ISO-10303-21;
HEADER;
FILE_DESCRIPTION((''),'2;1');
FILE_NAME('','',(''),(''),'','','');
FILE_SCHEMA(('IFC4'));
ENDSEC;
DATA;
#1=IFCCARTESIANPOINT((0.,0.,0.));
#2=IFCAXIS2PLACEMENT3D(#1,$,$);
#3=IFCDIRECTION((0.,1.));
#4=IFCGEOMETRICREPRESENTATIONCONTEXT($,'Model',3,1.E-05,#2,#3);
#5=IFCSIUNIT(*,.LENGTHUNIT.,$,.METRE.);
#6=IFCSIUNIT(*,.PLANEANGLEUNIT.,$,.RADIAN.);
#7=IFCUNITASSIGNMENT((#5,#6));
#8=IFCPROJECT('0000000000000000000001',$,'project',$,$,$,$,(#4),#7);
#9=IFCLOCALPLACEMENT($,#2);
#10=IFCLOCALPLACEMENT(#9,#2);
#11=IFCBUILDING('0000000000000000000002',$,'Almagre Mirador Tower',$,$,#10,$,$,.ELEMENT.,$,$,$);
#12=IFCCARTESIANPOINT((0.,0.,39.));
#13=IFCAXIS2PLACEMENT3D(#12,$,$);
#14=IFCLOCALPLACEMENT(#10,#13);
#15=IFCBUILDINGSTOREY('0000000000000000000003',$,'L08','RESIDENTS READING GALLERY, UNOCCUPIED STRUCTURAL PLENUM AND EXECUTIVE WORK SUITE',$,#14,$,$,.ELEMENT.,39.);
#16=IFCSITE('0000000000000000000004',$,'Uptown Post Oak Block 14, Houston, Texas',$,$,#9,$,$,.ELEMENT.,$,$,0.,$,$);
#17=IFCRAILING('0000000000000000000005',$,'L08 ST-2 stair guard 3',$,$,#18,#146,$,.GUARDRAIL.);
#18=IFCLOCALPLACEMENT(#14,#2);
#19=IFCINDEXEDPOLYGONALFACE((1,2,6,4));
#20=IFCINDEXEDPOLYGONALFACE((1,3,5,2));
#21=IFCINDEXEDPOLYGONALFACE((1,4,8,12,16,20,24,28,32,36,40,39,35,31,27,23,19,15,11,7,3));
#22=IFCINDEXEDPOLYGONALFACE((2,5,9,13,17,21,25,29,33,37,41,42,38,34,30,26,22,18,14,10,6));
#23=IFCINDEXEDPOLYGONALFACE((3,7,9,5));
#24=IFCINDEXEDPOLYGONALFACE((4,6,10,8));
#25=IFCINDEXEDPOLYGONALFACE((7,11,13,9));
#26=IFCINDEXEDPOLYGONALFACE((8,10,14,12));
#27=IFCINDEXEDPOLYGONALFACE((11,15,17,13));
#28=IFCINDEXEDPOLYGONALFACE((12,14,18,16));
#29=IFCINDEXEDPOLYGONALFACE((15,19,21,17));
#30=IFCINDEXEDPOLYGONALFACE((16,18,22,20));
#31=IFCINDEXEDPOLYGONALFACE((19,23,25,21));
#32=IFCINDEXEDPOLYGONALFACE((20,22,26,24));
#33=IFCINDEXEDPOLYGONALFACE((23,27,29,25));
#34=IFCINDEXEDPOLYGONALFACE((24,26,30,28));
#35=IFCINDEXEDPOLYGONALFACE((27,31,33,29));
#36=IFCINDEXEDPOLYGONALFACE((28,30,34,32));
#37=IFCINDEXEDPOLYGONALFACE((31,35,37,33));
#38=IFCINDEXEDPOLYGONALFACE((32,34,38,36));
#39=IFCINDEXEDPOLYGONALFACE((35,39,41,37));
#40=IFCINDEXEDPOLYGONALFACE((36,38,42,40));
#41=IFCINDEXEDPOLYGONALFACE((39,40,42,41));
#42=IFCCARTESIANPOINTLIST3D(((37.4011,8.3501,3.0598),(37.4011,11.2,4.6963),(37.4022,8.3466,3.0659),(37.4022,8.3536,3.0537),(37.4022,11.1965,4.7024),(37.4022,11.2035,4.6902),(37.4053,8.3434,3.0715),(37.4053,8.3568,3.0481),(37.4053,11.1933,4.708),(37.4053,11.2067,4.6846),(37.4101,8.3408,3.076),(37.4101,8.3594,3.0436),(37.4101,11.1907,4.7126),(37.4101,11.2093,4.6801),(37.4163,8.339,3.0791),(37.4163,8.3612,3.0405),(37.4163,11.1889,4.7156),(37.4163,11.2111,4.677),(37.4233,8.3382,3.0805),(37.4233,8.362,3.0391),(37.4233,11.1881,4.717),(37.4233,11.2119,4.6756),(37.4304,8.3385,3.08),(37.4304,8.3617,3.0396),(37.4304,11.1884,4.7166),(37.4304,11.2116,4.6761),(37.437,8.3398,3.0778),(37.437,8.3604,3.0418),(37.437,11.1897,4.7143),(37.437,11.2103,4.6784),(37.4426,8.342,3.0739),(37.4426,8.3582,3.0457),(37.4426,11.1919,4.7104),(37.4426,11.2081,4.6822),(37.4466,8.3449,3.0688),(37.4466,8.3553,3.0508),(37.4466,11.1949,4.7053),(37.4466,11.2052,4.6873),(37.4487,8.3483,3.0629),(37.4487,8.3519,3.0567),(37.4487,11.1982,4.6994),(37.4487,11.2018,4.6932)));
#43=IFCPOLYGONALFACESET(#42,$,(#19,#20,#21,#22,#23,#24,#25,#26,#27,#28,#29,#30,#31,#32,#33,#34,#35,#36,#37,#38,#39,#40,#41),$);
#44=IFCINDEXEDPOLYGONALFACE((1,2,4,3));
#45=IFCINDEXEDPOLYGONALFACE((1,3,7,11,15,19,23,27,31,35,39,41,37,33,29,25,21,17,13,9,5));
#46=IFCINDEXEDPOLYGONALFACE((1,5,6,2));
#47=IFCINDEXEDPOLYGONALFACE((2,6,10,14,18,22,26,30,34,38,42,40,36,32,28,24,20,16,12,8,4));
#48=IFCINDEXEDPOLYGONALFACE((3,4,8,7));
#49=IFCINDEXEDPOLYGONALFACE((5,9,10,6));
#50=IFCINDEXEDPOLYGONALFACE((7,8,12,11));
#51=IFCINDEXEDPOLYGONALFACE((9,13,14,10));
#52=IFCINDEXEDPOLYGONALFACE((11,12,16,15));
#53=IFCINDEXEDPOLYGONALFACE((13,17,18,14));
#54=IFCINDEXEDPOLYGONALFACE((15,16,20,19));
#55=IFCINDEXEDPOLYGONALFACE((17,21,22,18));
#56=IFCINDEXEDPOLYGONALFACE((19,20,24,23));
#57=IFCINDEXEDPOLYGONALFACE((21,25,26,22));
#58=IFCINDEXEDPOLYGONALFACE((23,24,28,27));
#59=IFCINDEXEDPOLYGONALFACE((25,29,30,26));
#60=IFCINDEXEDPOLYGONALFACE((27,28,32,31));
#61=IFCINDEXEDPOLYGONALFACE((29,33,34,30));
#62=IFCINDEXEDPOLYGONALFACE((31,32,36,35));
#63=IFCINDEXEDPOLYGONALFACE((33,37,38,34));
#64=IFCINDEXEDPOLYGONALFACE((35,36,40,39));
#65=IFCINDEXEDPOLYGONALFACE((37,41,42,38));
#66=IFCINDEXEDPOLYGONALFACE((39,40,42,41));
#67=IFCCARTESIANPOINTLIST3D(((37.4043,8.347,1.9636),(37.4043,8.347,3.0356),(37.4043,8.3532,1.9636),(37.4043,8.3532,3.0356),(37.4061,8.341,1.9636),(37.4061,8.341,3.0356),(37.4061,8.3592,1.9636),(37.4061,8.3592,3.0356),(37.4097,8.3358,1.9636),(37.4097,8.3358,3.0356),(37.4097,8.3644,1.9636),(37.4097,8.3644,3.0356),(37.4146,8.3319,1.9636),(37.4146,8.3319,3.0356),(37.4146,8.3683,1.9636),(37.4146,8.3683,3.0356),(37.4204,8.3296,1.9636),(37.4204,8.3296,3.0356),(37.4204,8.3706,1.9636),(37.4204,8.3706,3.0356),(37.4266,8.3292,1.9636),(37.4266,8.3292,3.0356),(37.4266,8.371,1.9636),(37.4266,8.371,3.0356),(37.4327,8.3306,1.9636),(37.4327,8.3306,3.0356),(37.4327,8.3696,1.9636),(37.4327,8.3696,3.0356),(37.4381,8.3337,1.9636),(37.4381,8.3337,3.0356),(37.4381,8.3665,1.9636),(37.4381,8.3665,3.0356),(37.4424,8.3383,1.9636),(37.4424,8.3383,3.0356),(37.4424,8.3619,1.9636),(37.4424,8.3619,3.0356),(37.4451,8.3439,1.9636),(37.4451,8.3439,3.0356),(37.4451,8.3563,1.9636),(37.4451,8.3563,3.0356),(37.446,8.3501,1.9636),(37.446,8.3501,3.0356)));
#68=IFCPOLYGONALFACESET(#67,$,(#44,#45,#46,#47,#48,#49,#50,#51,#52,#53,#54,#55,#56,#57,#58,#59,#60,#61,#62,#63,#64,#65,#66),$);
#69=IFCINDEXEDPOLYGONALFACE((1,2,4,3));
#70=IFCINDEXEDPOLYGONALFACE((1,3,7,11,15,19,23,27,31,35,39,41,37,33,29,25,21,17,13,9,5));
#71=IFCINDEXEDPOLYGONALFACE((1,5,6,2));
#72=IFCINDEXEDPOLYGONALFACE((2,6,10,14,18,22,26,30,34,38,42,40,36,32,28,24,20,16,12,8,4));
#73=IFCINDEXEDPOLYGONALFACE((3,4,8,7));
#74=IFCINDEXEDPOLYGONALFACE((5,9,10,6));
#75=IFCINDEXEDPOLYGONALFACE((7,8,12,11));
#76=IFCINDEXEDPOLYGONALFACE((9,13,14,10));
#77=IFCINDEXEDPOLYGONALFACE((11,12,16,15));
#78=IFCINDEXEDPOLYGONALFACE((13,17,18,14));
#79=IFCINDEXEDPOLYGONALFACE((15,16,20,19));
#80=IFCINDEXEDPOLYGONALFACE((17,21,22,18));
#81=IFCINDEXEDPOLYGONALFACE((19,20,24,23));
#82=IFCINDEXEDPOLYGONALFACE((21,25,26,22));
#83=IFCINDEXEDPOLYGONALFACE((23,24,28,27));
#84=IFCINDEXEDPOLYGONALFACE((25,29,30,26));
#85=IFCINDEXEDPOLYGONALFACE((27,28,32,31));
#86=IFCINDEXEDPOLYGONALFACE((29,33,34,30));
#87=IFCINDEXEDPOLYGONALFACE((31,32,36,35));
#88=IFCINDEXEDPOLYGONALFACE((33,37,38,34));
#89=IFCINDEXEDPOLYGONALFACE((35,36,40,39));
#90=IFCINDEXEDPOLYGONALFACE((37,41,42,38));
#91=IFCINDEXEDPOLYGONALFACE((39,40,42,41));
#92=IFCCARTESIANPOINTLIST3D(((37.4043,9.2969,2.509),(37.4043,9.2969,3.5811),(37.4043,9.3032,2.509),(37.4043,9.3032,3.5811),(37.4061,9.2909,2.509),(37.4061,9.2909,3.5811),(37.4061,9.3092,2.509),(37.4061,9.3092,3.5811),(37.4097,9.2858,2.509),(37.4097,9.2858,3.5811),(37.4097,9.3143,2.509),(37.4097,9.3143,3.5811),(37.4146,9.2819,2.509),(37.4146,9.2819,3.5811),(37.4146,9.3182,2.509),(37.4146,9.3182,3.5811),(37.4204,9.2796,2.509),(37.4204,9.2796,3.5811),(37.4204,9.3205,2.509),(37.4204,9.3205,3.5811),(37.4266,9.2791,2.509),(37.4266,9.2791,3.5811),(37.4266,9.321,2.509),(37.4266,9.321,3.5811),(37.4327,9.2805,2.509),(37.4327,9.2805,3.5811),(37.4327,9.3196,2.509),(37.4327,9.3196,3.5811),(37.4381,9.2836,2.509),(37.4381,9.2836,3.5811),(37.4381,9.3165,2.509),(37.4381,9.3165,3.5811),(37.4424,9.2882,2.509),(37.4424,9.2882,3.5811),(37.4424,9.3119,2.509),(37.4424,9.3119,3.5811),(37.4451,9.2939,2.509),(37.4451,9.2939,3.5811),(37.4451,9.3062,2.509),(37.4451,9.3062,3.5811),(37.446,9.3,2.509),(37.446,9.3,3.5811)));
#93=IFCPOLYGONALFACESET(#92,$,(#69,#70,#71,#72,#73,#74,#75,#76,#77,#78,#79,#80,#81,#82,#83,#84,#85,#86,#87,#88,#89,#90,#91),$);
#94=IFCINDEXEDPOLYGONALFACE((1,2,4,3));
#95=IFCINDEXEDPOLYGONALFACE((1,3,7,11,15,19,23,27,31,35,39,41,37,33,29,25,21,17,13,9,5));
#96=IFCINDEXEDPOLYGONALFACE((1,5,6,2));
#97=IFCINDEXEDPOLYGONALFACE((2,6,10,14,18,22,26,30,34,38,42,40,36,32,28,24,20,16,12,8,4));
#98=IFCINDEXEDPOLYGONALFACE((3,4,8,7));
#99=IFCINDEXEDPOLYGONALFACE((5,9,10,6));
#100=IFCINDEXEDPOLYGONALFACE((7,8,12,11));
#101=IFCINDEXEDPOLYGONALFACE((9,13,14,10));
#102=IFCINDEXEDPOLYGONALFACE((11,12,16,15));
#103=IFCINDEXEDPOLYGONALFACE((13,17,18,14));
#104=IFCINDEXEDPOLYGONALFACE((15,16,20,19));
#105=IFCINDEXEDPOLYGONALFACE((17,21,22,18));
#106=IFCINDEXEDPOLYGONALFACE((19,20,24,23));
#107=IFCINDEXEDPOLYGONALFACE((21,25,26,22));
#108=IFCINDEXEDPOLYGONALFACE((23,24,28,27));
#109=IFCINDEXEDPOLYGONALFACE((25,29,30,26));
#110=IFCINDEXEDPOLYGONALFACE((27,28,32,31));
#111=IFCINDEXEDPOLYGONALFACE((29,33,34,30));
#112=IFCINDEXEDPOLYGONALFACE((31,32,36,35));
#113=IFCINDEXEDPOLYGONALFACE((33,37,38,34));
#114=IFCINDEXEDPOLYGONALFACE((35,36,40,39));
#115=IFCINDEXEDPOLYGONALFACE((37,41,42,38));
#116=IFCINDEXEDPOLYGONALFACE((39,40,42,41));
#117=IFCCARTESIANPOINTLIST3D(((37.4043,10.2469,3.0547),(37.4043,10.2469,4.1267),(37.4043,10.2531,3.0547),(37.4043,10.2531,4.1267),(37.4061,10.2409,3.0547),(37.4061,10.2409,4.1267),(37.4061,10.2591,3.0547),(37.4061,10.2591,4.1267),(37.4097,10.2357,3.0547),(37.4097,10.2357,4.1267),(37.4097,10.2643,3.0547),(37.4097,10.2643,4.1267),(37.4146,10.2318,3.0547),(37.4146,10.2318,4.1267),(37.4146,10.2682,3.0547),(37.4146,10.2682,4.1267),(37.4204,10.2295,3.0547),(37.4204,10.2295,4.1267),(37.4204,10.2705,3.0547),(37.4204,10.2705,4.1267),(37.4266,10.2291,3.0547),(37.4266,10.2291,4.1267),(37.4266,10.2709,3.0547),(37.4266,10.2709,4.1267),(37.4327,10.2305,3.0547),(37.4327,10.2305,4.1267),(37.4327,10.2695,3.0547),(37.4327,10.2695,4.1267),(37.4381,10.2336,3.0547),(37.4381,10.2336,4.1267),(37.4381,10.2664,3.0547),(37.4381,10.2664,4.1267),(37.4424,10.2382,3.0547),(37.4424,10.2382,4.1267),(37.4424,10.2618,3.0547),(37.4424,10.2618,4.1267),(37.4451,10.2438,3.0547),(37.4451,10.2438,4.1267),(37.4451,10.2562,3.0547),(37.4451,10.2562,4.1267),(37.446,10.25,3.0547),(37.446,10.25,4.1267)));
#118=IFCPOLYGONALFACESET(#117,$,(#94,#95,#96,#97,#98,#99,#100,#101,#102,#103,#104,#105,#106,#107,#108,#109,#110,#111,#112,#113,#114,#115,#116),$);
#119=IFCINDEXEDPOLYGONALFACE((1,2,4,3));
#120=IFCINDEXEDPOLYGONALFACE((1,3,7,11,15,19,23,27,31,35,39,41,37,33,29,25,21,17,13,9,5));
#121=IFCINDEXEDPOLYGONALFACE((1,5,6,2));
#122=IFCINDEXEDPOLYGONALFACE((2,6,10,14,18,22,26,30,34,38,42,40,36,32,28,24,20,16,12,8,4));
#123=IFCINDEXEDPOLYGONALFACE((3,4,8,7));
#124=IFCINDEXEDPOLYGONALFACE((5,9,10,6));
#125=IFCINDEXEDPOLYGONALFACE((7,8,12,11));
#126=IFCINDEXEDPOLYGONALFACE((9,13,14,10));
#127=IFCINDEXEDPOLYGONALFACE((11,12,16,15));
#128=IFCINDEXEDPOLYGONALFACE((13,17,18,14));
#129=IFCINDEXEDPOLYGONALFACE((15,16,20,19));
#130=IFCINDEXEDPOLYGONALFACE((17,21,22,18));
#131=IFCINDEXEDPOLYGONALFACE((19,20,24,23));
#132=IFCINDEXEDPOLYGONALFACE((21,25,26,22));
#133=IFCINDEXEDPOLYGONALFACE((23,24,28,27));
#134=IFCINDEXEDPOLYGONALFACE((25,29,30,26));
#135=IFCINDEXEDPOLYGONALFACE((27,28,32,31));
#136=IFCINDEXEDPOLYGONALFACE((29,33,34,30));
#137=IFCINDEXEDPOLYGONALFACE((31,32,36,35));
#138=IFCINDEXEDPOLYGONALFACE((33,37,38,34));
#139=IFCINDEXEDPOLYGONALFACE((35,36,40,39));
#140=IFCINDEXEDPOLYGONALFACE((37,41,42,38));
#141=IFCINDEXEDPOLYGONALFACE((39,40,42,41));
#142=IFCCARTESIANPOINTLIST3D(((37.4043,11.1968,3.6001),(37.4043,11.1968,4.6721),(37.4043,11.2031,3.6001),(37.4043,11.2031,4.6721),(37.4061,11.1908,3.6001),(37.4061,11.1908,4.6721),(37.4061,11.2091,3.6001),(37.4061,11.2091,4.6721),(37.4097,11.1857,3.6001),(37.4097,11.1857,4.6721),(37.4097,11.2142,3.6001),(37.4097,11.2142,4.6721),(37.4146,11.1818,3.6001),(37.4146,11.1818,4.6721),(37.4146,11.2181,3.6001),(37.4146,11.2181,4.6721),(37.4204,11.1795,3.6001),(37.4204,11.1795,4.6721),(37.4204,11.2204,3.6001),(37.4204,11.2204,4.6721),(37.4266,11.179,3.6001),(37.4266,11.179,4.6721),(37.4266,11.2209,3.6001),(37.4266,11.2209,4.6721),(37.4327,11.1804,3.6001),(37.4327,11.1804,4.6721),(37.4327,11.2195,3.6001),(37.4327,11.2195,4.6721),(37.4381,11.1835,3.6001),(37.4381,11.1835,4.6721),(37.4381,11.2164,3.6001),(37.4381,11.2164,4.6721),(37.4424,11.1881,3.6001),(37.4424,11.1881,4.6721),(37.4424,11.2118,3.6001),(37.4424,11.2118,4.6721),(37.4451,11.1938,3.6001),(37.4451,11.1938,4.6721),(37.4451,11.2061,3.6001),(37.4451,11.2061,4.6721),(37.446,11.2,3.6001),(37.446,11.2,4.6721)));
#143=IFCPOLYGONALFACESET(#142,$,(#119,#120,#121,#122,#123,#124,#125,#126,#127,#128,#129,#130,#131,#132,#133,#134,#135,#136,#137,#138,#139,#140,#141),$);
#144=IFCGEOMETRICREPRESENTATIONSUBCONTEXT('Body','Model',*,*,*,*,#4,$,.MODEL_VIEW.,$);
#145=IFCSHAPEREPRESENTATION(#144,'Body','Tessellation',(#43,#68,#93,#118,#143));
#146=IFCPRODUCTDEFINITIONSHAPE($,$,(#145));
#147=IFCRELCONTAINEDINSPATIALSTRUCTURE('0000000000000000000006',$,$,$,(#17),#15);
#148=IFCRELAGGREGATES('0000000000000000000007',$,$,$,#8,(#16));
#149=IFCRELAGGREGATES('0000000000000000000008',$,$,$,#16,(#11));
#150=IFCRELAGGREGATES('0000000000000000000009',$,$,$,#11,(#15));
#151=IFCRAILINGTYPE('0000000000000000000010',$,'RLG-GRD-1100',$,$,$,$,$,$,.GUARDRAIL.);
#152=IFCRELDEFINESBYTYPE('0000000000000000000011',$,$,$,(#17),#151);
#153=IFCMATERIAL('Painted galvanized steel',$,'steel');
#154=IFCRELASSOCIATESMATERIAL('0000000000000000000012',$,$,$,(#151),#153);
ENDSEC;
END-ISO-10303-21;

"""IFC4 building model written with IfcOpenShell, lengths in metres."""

from ifc_helpers import new_model, si_unit, direction, frame, origin, origin_2d, place, context, subcontext, project, spatial, circle, extrude, material, type_object, element, save


model = new_model("IFC4")

# Units and contexts
model_context = context("Model", 3, precision=1e-05, world=origin(), true_north=direction((0.0, 1.0)))
body_context = subcontext(model_context, "Body", "Model", "MODEL_VIEW")
ifc_project = project(units=[si_unit("LENGTHUNIT", "METRE"), si_unit("PLANEANGLEUNIT", "RADIAN")], contexts=[model_context])

# Site, building, storey
site_placement = place(None, origin())
site = spatial("IfcSite", under=ifc_project, at=site_placement, Name="Uptown Post Oak Block 14, Houston, Texas", CompositionType="ELEMENT", RefElevation=0.0)
building_placement = place(site_placement, origin())
building = spatial("IfcBuilding", under=site, at=building_placement, Name="Almagre Mirador Tower", CompositionType="ELEMENT")
storey_placement = place(building_placement, frame((0.0, 0.0, 39.0)))
storey = spatial("IfcBuildingStorey", under=building, at=storey_placement, Name="L08", Description="RESIDENTS READING GALLERY, UNOCCUPIED STRUCTURAL PLENUM AND EXECUTIVE WORK SUITE", CompositionType="ELEMENT", Elevation=39.0)

# Railing
ifc_material_1 = material(Name="Painted galvanized steel", Category="steel")
railing_type_1 = type_object("IfcRailingType", Name="RLG-GRD-1100", PredefinedType="GUARDRAIL", material=ifc_material_1)
railing_1_placement = place(storey_placement, frame((37.425, 8.3501, 1.9636)))
element("IfcRailing", 1, at=railing_1_placement, inside=storey, type_object=railing_type_1, Name="L08 ST-2 stair guard 3", PredefinedType="GUARDRAIL", context=body_context, shape_type="SweptSolid", body=[
    extrude(circle(Radius=0.0239, at=origin_2d()), frame((0.0, 0.0, 1.0962), z_axis=(0.0, 0.867194, 0.49797), x_axis=(-1.0, 0.0, 0.0)), (0.0, 0.0, 1.0), 3.2864),
    extrude(circle(Radius=0.021, at=origin_2d()), origin(), (0.0, 0.0, 1.0), 1.072),
    extrude(circle(Radius=0.021, at=origin_2d()), frame((0.0, 0.95, 0.5454)), (0.0, 0.0, 1.0), 1.072),
    extrude(circle(Radius=0.021, at=origin_2d()), frame((0.0, 1.8999, 1.0911)), (0.0, 0.0, 1.0), 1.072),
    extrude(circle(Radius=0.021, at=origin_2d()), frame((0.0, 2.8499, 1.6365)), (0.0, 0.0, 1.0), 1.072),
])

save(model, "model.ifc")
